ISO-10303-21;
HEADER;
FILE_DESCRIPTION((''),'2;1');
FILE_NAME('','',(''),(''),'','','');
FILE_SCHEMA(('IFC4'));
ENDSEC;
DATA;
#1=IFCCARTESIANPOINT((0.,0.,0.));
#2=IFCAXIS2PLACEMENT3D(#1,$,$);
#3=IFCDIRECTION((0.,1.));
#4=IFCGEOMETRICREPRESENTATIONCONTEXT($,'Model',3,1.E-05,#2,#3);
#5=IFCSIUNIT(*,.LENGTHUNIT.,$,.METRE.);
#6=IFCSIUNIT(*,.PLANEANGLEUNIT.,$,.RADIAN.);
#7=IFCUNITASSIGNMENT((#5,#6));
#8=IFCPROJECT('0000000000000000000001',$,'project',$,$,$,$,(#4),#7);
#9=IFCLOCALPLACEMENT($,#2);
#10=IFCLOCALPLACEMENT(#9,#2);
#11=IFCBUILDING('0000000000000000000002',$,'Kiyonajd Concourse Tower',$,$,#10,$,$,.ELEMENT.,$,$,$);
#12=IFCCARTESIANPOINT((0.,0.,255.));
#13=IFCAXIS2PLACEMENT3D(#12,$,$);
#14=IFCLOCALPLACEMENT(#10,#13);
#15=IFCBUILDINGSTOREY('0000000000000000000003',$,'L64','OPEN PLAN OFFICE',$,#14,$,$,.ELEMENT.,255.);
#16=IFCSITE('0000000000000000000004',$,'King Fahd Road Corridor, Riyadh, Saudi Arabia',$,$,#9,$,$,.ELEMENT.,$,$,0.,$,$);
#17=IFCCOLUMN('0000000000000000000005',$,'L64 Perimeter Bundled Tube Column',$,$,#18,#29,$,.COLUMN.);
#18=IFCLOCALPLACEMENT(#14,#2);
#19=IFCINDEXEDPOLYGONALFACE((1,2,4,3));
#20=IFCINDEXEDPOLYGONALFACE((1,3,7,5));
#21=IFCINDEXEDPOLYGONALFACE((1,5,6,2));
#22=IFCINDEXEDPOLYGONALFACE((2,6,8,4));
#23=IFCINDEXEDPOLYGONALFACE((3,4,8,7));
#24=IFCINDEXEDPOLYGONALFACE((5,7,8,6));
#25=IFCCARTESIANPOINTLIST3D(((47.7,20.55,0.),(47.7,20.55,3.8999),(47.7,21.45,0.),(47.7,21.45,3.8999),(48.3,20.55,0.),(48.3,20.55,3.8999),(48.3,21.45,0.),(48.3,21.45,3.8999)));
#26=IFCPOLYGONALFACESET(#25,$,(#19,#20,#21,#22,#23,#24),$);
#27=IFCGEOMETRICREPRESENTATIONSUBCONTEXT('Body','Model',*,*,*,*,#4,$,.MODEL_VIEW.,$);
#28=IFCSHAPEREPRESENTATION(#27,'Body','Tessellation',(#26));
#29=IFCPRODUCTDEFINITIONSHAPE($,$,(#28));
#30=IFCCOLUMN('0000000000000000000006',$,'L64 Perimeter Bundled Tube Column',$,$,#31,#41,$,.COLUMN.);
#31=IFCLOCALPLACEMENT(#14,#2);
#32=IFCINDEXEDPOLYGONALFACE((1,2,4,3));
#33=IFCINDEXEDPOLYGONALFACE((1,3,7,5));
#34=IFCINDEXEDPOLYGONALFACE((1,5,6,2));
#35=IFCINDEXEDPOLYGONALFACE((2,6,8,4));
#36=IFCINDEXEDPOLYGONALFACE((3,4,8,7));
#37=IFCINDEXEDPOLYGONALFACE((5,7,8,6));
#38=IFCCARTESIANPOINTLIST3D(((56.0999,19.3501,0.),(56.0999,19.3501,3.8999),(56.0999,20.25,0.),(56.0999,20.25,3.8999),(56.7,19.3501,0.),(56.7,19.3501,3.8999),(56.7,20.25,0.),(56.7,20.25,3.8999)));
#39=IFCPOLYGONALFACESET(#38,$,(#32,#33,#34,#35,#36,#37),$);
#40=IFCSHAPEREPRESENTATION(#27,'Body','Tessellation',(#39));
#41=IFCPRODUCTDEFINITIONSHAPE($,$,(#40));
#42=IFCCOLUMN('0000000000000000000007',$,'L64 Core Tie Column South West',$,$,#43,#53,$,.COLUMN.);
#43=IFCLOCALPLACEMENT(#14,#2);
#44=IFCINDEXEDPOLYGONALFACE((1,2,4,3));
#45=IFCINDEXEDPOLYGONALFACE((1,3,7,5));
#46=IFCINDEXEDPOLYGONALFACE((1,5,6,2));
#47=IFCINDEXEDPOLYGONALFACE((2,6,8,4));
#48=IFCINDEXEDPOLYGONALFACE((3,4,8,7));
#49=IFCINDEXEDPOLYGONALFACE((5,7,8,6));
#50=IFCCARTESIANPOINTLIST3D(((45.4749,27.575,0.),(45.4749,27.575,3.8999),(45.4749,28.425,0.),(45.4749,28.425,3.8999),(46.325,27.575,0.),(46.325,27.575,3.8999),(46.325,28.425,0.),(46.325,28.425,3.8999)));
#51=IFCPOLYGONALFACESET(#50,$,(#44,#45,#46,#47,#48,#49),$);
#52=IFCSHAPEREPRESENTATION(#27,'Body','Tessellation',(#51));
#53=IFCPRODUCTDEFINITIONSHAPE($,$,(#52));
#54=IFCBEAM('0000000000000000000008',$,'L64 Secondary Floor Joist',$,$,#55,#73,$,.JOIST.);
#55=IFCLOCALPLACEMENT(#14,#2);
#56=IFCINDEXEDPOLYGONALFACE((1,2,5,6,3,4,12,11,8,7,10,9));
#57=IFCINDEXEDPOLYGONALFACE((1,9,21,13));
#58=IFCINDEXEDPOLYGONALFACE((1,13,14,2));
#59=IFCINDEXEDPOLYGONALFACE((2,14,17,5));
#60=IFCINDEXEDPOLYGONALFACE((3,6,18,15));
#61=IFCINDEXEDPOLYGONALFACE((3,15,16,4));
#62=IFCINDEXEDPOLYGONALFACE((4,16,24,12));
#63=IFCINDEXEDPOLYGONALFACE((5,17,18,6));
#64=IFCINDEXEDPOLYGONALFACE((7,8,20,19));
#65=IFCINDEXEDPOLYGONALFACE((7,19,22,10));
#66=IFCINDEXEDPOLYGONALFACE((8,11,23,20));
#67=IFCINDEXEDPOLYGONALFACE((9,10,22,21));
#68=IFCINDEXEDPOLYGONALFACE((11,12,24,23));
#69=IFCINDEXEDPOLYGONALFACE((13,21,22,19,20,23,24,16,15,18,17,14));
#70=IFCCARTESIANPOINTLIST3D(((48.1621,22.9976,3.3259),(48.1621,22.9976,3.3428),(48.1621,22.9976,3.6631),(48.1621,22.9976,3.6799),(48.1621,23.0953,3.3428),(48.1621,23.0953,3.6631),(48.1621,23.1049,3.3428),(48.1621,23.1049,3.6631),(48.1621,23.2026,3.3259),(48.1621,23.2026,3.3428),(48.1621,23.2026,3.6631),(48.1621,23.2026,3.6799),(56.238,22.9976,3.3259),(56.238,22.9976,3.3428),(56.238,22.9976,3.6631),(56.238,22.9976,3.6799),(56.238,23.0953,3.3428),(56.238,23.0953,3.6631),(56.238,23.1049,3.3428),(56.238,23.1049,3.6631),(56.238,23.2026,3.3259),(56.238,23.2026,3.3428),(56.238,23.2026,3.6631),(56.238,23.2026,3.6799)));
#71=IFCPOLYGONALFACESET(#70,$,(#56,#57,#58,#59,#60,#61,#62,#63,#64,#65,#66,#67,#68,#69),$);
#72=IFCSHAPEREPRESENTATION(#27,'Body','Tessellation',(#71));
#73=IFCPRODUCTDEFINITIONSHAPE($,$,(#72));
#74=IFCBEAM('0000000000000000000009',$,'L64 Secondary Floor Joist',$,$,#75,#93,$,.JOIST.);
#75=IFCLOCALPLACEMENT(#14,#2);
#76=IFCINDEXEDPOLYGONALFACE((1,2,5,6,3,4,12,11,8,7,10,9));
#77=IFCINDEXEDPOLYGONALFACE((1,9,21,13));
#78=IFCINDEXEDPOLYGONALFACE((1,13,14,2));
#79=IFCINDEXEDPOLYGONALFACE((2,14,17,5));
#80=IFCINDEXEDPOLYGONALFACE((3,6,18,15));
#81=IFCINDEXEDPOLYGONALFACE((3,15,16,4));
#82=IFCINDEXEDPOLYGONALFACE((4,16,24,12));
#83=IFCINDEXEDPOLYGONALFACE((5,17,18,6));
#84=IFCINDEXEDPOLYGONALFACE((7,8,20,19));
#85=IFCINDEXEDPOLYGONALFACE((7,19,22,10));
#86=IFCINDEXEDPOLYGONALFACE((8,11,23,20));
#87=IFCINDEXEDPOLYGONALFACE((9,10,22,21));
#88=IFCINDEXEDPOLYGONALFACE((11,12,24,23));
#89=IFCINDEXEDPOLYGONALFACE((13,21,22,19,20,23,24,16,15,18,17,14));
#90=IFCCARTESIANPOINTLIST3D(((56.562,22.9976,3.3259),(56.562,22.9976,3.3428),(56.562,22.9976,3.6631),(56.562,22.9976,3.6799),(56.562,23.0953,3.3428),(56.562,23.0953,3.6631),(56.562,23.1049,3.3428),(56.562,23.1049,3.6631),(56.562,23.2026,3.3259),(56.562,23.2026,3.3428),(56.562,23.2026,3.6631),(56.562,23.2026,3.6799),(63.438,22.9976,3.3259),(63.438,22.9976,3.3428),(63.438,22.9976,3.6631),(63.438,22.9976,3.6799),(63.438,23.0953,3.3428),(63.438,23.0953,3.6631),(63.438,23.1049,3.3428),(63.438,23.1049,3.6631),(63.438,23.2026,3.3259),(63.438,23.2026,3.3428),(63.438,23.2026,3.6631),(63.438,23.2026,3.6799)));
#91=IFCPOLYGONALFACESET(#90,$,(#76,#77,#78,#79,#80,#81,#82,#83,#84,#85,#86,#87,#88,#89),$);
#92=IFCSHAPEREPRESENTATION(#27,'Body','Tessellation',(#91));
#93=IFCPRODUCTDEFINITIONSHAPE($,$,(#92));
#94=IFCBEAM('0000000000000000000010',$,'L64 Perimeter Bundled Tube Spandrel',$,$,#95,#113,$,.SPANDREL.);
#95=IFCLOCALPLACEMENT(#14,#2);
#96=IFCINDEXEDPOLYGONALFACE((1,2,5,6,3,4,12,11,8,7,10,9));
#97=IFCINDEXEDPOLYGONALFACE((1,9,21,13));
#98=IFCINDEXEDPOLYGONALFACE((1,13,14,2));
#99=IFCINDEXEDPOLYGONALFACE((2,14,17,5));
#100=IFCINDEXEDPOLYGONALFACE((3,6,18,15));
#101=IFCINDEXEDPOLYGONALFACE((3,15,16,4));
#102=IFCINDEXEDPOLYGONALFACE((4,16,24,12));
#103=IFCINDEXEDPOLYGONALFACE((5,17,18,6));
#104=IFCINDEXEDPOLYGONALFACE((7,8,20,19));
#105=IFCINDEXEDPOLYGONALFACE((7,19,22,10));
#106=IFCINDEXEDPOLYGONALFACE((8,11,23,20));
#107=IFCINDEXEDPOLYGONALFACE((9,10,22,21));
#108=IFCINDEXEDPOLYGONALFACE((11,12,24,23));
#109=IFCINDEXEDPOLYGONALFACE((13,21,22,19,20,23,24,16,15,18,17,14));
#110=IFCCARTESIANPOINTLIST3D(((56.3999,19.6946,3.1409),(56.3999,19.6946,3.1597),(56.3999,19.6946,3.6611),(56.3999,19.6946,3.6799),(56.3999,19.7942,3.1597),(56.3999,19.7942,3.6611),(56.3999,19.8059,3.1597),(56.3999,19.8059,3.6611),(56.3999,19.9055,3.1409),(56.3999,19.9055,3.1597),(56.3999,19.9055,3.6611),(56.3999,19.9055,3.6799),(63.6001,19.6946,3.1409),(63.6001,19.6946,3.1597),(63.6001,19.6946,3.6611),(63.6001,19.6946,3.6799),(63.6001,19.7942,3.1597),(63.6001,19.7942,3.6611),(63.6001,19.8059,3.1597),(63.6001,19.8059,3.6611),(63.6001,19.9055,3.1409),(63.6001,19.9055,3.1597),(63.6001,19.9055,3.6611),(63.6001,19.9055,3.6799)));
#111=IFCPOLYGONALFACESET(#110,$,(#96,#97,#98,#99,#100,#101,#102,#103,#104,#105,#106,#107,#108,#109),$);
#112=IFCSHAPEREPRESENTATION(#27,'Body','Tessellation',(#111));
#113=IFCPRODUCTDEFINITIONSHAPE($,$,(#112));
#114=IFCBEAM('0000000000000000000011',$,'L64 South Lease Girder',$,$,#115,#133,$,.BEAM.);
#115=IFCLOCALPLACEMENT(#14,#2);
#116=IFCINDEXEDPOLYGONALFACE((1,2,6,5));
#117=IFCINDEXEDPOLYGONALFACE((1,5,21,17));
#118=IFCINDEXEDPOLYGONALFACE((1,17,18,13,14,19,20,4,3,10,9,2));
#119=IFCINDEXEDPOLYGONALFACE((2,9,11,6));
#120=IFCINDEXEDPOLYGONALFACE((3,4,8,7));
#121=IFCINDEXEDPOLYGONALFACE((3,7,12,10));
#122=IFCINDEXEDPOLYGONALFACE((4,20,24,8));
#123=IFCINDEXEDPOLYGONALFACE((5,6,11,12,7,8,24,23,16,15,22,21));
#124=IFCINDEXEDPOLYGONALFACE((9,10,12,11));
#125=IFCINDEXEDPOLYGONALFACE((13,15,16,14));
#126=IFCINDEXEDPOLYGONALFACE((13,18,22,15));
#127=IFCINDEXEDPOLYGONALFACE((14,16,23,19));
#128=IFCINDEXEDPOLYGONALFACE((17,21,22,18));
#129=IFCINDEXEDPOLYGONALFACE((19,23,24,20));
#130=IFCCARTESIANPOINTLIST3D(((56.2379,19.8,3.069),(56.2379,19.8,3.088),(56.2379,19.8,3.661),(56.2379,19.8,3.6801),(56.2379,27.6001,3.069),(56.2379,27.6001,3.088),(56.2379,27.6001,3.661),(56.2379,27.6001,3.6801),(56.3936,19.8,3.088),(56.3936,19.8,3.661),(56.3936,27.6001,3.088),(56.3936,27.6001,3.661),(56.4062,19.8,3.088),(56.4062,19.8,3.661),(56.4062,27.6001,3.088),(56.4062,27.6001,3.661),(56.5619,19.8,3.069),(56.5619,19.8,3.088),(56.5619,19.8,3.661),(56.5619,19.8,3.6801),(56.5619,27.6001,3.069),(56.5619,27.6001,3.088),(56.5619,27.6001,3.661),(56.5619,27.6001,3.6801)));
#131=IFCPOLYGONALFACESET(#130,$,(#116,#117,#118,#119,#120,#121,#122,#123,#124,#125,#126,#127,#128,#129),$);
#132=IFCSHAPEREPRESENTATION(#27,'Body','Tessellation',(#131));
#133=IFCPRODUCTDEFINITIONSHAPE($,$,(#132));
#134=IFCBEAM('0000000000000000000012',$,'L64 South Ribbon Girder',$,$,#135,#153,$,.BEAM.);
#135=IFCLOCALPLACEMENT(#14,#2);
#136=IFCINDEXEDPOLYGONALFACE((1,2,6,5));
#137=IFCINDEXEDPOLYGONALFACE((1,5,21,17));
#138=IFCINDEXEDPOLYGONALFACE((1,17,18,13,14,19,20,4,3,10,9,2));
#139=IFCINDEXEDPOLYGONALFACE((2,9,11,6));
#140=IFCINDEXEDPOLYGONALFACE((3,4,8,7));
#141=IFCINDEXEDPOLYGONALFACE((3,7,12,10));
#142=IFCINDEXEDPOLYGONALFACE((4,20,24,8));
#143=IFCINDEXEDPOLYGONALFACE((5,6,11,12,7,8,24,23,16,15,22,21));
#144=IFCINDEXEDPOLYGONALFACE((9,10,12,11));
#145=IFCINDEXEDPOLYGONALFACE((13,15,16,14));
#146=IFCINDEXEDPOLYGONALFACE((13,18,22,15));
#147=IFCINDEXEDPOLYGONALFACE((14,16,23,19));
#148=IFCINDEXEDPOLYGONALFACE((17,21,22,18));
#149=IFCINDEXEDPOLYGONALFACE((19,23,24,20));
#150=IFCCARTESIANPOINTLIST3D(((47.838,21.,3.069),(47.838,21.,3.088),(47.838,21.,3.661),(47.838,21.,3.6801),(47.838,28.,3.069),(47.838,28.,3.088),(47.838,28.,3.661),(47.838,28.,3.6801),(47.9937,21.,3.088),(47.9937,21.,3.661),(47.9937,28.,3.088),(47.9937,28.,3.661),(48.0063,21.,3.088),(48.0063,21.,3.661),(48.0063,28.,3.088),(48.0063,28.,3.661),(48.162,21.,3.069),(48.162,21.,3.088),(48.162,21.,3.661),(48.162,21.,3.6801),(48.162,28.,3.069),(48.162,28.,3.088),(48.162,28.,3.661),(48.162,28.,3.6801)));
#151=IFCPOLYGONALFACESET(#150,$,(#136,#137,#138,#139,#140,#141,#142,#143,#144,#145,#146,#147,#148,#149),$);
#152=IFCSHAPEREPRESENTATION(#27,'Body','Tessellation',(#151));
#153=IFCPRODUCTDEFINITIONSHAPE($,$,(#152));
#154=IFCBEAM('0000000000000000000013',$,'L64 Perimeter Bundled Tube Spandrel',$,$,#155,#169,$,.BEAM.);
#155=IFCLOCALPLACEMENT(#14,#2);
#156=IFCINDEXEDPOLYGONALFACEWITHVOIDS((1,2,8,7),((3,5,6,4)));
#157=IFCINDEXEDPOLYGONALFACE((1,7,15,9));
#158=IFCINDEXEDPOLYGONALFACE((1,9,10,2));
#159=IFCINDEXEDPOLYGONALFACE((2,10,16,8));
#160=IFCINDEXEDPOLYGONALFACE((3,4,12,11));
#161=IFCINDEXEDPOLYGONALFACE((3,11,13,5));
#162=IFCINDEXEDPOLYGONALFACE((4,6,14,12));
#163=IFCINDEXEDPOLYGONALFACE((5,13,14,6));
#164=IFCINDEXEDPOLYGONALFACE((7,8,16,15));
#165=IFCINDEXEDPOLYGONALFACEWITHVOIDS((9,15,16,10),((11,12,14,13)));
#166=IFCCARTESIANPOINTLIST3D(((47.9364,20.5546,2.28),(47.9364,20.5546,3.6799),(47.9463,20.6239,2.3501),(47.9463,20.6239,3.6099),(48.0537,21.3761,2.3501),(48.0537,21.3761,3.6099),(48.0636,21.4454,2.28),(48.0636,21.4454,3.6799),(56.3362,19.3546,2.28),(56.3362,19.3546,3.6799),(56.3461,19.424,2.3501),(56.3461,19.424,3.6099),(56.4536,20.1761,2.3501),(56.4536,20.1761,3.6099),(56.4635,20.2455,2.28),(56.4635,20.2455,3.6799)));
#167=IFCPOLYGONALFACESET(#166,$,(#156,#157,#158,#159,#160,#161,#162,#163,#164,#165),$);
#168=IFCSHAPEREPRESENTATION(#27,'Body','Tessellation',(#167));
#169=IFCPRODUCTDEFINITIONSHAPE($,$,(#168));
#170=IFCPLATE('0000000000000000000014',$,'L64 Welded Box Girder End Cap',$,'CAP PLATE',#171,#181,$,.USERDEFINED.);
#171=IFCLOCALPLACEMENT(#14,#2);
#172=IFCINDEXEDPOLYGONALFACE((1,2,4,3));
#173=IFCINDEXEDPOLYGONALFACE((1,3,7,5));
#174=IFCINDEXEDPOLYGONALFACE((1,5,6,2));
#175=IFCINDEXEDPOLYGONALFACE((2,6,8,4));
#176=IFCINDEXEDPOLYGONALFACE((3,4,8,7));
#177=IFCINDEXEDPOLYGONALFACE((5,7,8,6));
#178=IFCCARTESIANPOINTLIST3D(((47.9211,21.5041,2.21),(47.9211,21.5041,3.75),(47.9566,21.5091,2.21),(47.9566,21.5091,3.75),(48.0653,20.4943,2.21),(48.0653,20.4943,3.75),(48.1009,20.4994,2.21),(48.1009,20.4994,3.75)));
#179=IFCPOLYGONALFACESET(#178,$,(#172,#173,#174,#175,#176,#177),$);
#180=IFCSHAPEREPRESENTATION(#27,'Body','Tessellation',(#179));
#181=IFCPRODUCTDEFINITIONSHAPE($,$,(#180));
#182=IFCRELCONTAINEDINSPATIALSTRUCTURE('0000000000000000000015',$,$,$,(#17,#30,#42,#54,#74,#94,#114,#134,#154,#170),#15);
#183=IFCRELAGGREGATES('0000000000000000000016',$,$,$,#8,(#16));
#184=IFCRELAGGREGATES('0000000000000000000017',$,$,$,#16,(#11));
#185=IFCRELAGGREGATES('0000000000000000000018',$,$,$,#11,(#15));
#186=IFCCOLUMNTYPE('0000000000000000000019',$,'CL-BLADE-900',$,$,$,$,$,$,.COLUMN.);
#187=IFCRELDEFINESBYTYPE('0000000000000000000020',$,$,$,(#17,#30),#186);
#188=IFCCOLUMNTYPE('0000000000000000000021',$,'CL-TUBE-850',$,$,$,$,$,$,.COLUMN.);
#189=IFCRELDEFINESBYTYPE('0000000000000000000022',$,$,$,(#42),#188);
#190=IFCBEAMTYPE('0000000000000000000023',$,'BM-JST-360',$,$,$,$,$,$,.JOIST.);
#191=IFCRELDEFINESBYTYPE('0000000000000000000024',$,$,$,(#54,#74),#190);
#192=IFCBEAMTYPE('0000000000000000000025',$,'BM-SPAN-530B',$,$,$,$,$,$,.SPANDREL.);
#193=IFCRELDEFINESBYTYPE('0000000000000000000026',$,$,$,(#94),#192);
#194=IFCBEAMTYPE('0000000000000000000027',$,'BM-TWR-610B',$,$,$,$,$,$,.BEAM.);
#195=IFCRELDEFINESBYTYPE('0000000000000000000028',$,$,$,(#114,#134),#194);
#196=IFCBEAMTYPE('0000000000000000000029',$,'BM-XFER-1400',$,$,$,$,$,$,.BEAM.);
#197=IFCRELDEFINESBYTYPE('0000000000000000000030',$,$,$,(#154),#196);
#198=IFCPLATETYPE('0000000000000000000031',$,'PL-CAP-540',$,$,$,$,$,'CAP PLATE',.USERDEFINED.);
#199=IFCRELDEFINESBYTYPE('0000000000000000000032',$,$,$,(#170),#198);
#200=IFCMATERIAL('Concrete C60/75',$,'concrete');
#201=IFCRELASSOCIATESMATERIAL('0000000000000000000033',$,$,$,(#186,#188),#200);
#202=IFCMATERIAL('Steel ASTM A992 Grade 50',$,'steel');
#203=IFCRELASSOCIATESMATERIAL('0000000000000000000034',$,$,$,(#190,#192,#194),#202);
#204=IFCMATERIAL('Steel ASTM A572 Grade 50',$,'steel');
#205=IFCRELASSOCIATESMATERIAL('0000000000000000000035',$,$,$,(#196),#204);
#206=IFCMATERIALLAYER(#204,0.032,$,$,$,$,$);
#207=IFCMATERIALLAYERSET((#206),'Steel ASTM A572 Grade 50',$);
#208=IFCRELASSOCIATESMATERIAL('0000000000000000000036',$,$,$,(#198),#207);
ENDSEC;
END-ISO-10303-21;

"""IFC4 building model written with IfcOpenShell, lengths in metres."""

from ifc_helpers import new_model, si_unit, direction, frame, origin, origin_2d, place, context, subcontext, project, spatial, rectangle, hollow_rectangle, i_section, extrude, material, layer, layer_set, material_profile, profile_set, type_object, element, save


model = new_model("IFC4")

# Units and contexts
model_context = context("Model", 3, precision=1e-05, world=origin(), true_north=direction((0.0, 1.0)))
body_context = subcontext(model_context, "Body", "Model", "MODEL_VIEW")
ifc_project = project(units=[si_unit("LENGTHUNIT", "METRE"), si_unit("PLANEANGLEUNIT", "RADIAN")], contexts=[model_context])

# Site, building, storey
site_placement = place(None, origin())
site = spatial("IfcSite", under=ifc_project, at=site_placement, Name="King Fahd Road Corridor, Riyadh, Saudi Arabia", CompositionType="ELEMENT", RefElevation=0.0)
building_placement = place(site_placement, origin())
building = spatial("IfcBuilding", under=site, at=building_placement, Name="Kiyonajd Concourse Tower", CompositionType="ELEMENT")
storey_placement = place(building_placement, frame((0.0, 0.0, 255.0)))
storey = spatial("IfcBuildingStorey", under=building, at=storey_placement, Name="L64", Description="OPEN PLAN OFFICE", CompositionType="ELEMENT", Elevation=255.0)

# Columns
ifc_material_1 = material(Name="Concrete C60/75", Category="concrete")
ifc_material_profile_1 = material_profile(ifc_material_1, rectangle(XDim=0.6001, YDim=0.8999, at=origin_2d()), Name="RC-900x600")
ifc_profile_set_1 = profile_set([ifc_material_profile_1], Name="Concrete C60/75")
column_type_1 = type_object("IfcColumnType", Name="CL-BLADE-900", PredefinedType="COLUMN", material=ifc_profile_set_1)
for number, where, z_axis, x_axis, name in (
    (1, (48.0, 21.0, 0.0), (0.0, 0.0, 1.0), (1.0, 0.0, 0.0), "L64 Perimeter Bundled Tube Column"),
    (2, (56.3999, 19.8, 0.0), (0.0, 0.0, 1.0), (1.0, 0.0, 0.0), "L64 Perimeter Bundled Tube Column"),
):
    element("IfcColumn", number, at=place(storey_placement, frame(where, z_axis=z_axis, x_axis=x_axis)), inside=storey, type_object=column_type_1, Name=name, PredefinedType="COLUMN", context=body_context, shape_type="SweptSolid", body=[
        extrude(rectangle(XDim=0.6001, YDim=0.8999, at=origin_2d()), origin(), (0.0, 0.0, 1.0), 3.8999),
    ])
ifc_material_profile_2 = material_profile(ifc_material_1, rectangle(XDim=0.8501, YDim=0.8501, at=origin_2d()), Name="RC-850x850")
ifc_profile_set_2 = profile_set([ifc_material_profile_2], Name="Concrete C60/75")
column_type_2 = type_object("IfcColumnType", Name="CL-TUBE-850", PredefinedType="COLUMN", material=ifc_profile_set_2)
column_placement = place(storey_placement, frame((45.8999, 28.0, 0.0), z_axis=(0.0, 0.0, 1.0), x_axis=(1.0, 0.0, 0.0)))
element("IfcColumn", 3, at=column_placement, inside=storey, type_object=column_type_2, Name="L64 Core Tie Column South West", PredefinedType="COLUMN", context=body_context, shape_type="SweptSolid", body=[
    extrude(rectangle(XDim=0.8501, YDim=0.8501, at=origin_2d()), origin(), (0.0, 0.0, 1.0), 3.8999),
])

# Beams
ifc_material_2 = material(Name="Steel ASTM A992 Grade 50", Category="steel")
ifc_material_profile_3 = material_profile(ifc_material_2, i_section(OverallWidth=0.2051, OverallDepth=0.354, WebThickness=0.0095, FlangeThickness=0.0168, at=origin_2d()), Name="W360X79")
ifc_profile_set_3 = profile_set([ifc_material_profile_3], Name="Steel ASTM A992 Grade 50")
beam_type_1 = type_object("IfcBeamType", Name="BM-JST-360", PredefinedType="JOIST", material=ifc_profile_set_3)
beam_1_placement = place(storey_placement, frame((48.1621, 23.1001, 3.5029), z_axis=(1.0, 0.0, 0.0), x_axis=(0.0, 1.0, 0.0)))
element("IfcBeam", 4, at=beam_1_placement, inside=storey, type_object=beam_type_1, Name="L64 Secondary Floor Joist", PredefinedType="JOIST", context=body_context, shape_type="SweptSolid", body=[
    extrude(i_section(OverallWidth=0.2051, OverallDepth=0.354, WebThickness=0.0095, FlangeThickness=0.0168, at=origin_2d()), origin(), (0.0, 0.0, 1.0), 8.0759),
])
beam_2_placement = place(storey_placement, frame((56.562, 23.1001, 3.5029), z_axis=(1.0, 0.0, 0.0), x_axis=(0.0, 1.0, 0.0)))
element("IfcBeam", 5, at=beam_2_placement, inside=storey, type_object=beam_type_1, Name="L64 Secondary Floor Joist", PredefinedType="JOIST", context=body_context, shape_type="SweptSolid", body=[
    extrude(i_section(OverallWidth=0.2051, OverallDepth=0.354, WebThickness=0.0095, FlangeThickness=0.0168, at=origin_2d()), origin(), (0.0, 0.0, 1.0), 6.876),
])
ifc_material_profile_4 = material_profile(ifc_material_2, i_section(OverallWidth=0.2109, OverallDepth=0.5391, WebThickness=0.0117, FlangeThickness=0.0188, at=origin_2d()), Name="W530X109")
ifc_profile_set_4 = profile_set([ifc_material_profile_4], Name="Steel ASTM A992 Grade 50")
beam_type_2 = type_object("IfcBeamType", Name="BM-SPAN-530B", PredefinedType="SPANDREL", material=ifc_profile_set_4)
beam_3_placement = place(storey_placement, frame((56.3999, 19.8, 3.4104), z_axis=(1.0, 0.0, 0.0), x_axis=(0.0, 1.0, 0.0)))
element("IfcBeam", 6, at=beam_3_placement, inside=storey, type_object=beam_type_2, Name="L64 Perimeter Bundled Tube Spandrel", PredefinedType="SPANDREL", context=body_context, shape_type="SweptSolid", body=[
    extrude(i_section(OverallWidth=0.2109, OverallDepth=0.5391, WebThickness=0.0117, FlangeThickness=0.0188, at=origin_2d()), origin(), (0.0, 0.0, 1.0), 7.2002),
])
ifc_material_profile_5 = material_profile(ifc_material_2, i_section(OverallWidth=0.324, OverallDepth=0.6111, WebThickness=0.0127, FlangeThickness=0.019, at=origin_2d()), Name="W610X155")
ifc_profile_set_5 = profile_set([ifc_material_profile_5], Name="Steel ASTM A992 Grade 50")
beam_type_3 = type_object("IfcBeamType", Name="BM-TWR-610B", PredefinedType="BEAM", material=ifc_profile_set_5)
beam_4_placement = place(storey_placement, frame((56.3999, 19.8, 3.3745), z_axis=(0.0, 1.0, 0.0), x_axis=(-1.0, 0.0, 0.0)))
element("IfcBeam", 7, at=beam_4_placement, inside=storey, type_object=beam_type_3, Name="L64 South Lease Girder", PredefinedType="BEAM", context=body_context, shape_type="SweptSolid", body=[
    extrude(i_section(OverallWidth=0.324, OverallDepth=0.6111, WebThickness=0.0127, FlangeThickness=0.019, at=origin_2d()), origin(), (0.0, 0.0, 1.0), 7.8),
])
beam_5_placement = place(storey_placement, frame((48.0, 21.0, 3.3745), z_axis=(0.0, 1.0, 0.0), x_axis=(-1.0, 0.0, 0.0)))
element("IfcBeam", 8, at=beam_5_placement, inside=storey, type_object=beam_type_3, Name="L64 South Ribbon Girder", PredefinedType="BEAM", context=body_context, shape_type="SweptSolid", body=[
    extrude(i_section(OverallWidth=0.324, OverallDepth=0.6111, WebThickness=0.0127, FlangeThickness=0.019, at=origin_2d()), origin(), (0.0, 0.0, 1.0), 7.0),
])
ifc_material_3 = material(Name="Steel ASTM A572 Grade 50", Category="steel")
ifc_material_profile_6 = material_profile(ifc_material_3, hollow_rectangle(XDim=0.8999, YDim=1.3999, WallThickness=0.0701, at=origin_2d()), Name="BOX-1400x900x70")
ifc_profile_set_6 = profile_set([ifc_material_profile_6], Name="Steel ASTM A572 Grade 50")
beam_type_4 = type_object("IfcBeamType", Name="BM-XFER-1400", PredefinedType="BEAM", material=ifc_profile_set_6)
beam_6_placement = place(storey_placement, frame((48.0, 21.0, 2.98), z_axis=(0.98995, -0.141417, 0.0), x_axis=(0.141417, 0.98995, 0.0)))
element("IfcBeam", 9, at=beam_6_placement, inside=storey, type_object=beam_type_4, Name="L64 Perimeter Bundled Tube Spandrel", PredefinedType="BEAM", context=body_context, shape_type="SweptSolid", body=[
    extrude(hollow_rectangle(XDim=0.8999, YDim=1.3999, WallThickness=0.0701, at=origin_2d()), origin(), (0.0, 0.0, 1.0), 8.4851),
])

# Plate
ifc_layer_1 = layer(ifc_material_3, 0.032)
ifc_layer_set_1 = layer_set([ifc_layer_1], Name="Steel ASTM A572 Grade 50")
plate_type_1 = type_object("IfcPlateType", Name="PL-CAP-540", ElementType="CAP PLATE", PredefinedType="USERDEFINED", material=ifc_layer_set_1)
for number, where, z_axis, x_axis, name in (
    (10, (48.011, 21.0017, 2.21), (0.0, 0.0, 1.0), (0.98995, 0.14142, 0.0), "L64 Welded Box Girder End Cap"),
):
    element("IfcPlate", number, at=place(storey_placement, frame(where, z_axis=z_axis, x_axis=x_axis)), inside=storey, type_object=plate_type_1, Name=name, ObjectType="CAP PLATE", PredefinedType="USERDEFINED", context=body_context, shape_type="SweptSolid", body=[
        extrude(rectangle(XDim=0.0359, YDim=1.02, at=origin_2d()), origin(), (0.0, 0.0, 1.0), 1.54),
    ])

save(model, "model.ifc")
